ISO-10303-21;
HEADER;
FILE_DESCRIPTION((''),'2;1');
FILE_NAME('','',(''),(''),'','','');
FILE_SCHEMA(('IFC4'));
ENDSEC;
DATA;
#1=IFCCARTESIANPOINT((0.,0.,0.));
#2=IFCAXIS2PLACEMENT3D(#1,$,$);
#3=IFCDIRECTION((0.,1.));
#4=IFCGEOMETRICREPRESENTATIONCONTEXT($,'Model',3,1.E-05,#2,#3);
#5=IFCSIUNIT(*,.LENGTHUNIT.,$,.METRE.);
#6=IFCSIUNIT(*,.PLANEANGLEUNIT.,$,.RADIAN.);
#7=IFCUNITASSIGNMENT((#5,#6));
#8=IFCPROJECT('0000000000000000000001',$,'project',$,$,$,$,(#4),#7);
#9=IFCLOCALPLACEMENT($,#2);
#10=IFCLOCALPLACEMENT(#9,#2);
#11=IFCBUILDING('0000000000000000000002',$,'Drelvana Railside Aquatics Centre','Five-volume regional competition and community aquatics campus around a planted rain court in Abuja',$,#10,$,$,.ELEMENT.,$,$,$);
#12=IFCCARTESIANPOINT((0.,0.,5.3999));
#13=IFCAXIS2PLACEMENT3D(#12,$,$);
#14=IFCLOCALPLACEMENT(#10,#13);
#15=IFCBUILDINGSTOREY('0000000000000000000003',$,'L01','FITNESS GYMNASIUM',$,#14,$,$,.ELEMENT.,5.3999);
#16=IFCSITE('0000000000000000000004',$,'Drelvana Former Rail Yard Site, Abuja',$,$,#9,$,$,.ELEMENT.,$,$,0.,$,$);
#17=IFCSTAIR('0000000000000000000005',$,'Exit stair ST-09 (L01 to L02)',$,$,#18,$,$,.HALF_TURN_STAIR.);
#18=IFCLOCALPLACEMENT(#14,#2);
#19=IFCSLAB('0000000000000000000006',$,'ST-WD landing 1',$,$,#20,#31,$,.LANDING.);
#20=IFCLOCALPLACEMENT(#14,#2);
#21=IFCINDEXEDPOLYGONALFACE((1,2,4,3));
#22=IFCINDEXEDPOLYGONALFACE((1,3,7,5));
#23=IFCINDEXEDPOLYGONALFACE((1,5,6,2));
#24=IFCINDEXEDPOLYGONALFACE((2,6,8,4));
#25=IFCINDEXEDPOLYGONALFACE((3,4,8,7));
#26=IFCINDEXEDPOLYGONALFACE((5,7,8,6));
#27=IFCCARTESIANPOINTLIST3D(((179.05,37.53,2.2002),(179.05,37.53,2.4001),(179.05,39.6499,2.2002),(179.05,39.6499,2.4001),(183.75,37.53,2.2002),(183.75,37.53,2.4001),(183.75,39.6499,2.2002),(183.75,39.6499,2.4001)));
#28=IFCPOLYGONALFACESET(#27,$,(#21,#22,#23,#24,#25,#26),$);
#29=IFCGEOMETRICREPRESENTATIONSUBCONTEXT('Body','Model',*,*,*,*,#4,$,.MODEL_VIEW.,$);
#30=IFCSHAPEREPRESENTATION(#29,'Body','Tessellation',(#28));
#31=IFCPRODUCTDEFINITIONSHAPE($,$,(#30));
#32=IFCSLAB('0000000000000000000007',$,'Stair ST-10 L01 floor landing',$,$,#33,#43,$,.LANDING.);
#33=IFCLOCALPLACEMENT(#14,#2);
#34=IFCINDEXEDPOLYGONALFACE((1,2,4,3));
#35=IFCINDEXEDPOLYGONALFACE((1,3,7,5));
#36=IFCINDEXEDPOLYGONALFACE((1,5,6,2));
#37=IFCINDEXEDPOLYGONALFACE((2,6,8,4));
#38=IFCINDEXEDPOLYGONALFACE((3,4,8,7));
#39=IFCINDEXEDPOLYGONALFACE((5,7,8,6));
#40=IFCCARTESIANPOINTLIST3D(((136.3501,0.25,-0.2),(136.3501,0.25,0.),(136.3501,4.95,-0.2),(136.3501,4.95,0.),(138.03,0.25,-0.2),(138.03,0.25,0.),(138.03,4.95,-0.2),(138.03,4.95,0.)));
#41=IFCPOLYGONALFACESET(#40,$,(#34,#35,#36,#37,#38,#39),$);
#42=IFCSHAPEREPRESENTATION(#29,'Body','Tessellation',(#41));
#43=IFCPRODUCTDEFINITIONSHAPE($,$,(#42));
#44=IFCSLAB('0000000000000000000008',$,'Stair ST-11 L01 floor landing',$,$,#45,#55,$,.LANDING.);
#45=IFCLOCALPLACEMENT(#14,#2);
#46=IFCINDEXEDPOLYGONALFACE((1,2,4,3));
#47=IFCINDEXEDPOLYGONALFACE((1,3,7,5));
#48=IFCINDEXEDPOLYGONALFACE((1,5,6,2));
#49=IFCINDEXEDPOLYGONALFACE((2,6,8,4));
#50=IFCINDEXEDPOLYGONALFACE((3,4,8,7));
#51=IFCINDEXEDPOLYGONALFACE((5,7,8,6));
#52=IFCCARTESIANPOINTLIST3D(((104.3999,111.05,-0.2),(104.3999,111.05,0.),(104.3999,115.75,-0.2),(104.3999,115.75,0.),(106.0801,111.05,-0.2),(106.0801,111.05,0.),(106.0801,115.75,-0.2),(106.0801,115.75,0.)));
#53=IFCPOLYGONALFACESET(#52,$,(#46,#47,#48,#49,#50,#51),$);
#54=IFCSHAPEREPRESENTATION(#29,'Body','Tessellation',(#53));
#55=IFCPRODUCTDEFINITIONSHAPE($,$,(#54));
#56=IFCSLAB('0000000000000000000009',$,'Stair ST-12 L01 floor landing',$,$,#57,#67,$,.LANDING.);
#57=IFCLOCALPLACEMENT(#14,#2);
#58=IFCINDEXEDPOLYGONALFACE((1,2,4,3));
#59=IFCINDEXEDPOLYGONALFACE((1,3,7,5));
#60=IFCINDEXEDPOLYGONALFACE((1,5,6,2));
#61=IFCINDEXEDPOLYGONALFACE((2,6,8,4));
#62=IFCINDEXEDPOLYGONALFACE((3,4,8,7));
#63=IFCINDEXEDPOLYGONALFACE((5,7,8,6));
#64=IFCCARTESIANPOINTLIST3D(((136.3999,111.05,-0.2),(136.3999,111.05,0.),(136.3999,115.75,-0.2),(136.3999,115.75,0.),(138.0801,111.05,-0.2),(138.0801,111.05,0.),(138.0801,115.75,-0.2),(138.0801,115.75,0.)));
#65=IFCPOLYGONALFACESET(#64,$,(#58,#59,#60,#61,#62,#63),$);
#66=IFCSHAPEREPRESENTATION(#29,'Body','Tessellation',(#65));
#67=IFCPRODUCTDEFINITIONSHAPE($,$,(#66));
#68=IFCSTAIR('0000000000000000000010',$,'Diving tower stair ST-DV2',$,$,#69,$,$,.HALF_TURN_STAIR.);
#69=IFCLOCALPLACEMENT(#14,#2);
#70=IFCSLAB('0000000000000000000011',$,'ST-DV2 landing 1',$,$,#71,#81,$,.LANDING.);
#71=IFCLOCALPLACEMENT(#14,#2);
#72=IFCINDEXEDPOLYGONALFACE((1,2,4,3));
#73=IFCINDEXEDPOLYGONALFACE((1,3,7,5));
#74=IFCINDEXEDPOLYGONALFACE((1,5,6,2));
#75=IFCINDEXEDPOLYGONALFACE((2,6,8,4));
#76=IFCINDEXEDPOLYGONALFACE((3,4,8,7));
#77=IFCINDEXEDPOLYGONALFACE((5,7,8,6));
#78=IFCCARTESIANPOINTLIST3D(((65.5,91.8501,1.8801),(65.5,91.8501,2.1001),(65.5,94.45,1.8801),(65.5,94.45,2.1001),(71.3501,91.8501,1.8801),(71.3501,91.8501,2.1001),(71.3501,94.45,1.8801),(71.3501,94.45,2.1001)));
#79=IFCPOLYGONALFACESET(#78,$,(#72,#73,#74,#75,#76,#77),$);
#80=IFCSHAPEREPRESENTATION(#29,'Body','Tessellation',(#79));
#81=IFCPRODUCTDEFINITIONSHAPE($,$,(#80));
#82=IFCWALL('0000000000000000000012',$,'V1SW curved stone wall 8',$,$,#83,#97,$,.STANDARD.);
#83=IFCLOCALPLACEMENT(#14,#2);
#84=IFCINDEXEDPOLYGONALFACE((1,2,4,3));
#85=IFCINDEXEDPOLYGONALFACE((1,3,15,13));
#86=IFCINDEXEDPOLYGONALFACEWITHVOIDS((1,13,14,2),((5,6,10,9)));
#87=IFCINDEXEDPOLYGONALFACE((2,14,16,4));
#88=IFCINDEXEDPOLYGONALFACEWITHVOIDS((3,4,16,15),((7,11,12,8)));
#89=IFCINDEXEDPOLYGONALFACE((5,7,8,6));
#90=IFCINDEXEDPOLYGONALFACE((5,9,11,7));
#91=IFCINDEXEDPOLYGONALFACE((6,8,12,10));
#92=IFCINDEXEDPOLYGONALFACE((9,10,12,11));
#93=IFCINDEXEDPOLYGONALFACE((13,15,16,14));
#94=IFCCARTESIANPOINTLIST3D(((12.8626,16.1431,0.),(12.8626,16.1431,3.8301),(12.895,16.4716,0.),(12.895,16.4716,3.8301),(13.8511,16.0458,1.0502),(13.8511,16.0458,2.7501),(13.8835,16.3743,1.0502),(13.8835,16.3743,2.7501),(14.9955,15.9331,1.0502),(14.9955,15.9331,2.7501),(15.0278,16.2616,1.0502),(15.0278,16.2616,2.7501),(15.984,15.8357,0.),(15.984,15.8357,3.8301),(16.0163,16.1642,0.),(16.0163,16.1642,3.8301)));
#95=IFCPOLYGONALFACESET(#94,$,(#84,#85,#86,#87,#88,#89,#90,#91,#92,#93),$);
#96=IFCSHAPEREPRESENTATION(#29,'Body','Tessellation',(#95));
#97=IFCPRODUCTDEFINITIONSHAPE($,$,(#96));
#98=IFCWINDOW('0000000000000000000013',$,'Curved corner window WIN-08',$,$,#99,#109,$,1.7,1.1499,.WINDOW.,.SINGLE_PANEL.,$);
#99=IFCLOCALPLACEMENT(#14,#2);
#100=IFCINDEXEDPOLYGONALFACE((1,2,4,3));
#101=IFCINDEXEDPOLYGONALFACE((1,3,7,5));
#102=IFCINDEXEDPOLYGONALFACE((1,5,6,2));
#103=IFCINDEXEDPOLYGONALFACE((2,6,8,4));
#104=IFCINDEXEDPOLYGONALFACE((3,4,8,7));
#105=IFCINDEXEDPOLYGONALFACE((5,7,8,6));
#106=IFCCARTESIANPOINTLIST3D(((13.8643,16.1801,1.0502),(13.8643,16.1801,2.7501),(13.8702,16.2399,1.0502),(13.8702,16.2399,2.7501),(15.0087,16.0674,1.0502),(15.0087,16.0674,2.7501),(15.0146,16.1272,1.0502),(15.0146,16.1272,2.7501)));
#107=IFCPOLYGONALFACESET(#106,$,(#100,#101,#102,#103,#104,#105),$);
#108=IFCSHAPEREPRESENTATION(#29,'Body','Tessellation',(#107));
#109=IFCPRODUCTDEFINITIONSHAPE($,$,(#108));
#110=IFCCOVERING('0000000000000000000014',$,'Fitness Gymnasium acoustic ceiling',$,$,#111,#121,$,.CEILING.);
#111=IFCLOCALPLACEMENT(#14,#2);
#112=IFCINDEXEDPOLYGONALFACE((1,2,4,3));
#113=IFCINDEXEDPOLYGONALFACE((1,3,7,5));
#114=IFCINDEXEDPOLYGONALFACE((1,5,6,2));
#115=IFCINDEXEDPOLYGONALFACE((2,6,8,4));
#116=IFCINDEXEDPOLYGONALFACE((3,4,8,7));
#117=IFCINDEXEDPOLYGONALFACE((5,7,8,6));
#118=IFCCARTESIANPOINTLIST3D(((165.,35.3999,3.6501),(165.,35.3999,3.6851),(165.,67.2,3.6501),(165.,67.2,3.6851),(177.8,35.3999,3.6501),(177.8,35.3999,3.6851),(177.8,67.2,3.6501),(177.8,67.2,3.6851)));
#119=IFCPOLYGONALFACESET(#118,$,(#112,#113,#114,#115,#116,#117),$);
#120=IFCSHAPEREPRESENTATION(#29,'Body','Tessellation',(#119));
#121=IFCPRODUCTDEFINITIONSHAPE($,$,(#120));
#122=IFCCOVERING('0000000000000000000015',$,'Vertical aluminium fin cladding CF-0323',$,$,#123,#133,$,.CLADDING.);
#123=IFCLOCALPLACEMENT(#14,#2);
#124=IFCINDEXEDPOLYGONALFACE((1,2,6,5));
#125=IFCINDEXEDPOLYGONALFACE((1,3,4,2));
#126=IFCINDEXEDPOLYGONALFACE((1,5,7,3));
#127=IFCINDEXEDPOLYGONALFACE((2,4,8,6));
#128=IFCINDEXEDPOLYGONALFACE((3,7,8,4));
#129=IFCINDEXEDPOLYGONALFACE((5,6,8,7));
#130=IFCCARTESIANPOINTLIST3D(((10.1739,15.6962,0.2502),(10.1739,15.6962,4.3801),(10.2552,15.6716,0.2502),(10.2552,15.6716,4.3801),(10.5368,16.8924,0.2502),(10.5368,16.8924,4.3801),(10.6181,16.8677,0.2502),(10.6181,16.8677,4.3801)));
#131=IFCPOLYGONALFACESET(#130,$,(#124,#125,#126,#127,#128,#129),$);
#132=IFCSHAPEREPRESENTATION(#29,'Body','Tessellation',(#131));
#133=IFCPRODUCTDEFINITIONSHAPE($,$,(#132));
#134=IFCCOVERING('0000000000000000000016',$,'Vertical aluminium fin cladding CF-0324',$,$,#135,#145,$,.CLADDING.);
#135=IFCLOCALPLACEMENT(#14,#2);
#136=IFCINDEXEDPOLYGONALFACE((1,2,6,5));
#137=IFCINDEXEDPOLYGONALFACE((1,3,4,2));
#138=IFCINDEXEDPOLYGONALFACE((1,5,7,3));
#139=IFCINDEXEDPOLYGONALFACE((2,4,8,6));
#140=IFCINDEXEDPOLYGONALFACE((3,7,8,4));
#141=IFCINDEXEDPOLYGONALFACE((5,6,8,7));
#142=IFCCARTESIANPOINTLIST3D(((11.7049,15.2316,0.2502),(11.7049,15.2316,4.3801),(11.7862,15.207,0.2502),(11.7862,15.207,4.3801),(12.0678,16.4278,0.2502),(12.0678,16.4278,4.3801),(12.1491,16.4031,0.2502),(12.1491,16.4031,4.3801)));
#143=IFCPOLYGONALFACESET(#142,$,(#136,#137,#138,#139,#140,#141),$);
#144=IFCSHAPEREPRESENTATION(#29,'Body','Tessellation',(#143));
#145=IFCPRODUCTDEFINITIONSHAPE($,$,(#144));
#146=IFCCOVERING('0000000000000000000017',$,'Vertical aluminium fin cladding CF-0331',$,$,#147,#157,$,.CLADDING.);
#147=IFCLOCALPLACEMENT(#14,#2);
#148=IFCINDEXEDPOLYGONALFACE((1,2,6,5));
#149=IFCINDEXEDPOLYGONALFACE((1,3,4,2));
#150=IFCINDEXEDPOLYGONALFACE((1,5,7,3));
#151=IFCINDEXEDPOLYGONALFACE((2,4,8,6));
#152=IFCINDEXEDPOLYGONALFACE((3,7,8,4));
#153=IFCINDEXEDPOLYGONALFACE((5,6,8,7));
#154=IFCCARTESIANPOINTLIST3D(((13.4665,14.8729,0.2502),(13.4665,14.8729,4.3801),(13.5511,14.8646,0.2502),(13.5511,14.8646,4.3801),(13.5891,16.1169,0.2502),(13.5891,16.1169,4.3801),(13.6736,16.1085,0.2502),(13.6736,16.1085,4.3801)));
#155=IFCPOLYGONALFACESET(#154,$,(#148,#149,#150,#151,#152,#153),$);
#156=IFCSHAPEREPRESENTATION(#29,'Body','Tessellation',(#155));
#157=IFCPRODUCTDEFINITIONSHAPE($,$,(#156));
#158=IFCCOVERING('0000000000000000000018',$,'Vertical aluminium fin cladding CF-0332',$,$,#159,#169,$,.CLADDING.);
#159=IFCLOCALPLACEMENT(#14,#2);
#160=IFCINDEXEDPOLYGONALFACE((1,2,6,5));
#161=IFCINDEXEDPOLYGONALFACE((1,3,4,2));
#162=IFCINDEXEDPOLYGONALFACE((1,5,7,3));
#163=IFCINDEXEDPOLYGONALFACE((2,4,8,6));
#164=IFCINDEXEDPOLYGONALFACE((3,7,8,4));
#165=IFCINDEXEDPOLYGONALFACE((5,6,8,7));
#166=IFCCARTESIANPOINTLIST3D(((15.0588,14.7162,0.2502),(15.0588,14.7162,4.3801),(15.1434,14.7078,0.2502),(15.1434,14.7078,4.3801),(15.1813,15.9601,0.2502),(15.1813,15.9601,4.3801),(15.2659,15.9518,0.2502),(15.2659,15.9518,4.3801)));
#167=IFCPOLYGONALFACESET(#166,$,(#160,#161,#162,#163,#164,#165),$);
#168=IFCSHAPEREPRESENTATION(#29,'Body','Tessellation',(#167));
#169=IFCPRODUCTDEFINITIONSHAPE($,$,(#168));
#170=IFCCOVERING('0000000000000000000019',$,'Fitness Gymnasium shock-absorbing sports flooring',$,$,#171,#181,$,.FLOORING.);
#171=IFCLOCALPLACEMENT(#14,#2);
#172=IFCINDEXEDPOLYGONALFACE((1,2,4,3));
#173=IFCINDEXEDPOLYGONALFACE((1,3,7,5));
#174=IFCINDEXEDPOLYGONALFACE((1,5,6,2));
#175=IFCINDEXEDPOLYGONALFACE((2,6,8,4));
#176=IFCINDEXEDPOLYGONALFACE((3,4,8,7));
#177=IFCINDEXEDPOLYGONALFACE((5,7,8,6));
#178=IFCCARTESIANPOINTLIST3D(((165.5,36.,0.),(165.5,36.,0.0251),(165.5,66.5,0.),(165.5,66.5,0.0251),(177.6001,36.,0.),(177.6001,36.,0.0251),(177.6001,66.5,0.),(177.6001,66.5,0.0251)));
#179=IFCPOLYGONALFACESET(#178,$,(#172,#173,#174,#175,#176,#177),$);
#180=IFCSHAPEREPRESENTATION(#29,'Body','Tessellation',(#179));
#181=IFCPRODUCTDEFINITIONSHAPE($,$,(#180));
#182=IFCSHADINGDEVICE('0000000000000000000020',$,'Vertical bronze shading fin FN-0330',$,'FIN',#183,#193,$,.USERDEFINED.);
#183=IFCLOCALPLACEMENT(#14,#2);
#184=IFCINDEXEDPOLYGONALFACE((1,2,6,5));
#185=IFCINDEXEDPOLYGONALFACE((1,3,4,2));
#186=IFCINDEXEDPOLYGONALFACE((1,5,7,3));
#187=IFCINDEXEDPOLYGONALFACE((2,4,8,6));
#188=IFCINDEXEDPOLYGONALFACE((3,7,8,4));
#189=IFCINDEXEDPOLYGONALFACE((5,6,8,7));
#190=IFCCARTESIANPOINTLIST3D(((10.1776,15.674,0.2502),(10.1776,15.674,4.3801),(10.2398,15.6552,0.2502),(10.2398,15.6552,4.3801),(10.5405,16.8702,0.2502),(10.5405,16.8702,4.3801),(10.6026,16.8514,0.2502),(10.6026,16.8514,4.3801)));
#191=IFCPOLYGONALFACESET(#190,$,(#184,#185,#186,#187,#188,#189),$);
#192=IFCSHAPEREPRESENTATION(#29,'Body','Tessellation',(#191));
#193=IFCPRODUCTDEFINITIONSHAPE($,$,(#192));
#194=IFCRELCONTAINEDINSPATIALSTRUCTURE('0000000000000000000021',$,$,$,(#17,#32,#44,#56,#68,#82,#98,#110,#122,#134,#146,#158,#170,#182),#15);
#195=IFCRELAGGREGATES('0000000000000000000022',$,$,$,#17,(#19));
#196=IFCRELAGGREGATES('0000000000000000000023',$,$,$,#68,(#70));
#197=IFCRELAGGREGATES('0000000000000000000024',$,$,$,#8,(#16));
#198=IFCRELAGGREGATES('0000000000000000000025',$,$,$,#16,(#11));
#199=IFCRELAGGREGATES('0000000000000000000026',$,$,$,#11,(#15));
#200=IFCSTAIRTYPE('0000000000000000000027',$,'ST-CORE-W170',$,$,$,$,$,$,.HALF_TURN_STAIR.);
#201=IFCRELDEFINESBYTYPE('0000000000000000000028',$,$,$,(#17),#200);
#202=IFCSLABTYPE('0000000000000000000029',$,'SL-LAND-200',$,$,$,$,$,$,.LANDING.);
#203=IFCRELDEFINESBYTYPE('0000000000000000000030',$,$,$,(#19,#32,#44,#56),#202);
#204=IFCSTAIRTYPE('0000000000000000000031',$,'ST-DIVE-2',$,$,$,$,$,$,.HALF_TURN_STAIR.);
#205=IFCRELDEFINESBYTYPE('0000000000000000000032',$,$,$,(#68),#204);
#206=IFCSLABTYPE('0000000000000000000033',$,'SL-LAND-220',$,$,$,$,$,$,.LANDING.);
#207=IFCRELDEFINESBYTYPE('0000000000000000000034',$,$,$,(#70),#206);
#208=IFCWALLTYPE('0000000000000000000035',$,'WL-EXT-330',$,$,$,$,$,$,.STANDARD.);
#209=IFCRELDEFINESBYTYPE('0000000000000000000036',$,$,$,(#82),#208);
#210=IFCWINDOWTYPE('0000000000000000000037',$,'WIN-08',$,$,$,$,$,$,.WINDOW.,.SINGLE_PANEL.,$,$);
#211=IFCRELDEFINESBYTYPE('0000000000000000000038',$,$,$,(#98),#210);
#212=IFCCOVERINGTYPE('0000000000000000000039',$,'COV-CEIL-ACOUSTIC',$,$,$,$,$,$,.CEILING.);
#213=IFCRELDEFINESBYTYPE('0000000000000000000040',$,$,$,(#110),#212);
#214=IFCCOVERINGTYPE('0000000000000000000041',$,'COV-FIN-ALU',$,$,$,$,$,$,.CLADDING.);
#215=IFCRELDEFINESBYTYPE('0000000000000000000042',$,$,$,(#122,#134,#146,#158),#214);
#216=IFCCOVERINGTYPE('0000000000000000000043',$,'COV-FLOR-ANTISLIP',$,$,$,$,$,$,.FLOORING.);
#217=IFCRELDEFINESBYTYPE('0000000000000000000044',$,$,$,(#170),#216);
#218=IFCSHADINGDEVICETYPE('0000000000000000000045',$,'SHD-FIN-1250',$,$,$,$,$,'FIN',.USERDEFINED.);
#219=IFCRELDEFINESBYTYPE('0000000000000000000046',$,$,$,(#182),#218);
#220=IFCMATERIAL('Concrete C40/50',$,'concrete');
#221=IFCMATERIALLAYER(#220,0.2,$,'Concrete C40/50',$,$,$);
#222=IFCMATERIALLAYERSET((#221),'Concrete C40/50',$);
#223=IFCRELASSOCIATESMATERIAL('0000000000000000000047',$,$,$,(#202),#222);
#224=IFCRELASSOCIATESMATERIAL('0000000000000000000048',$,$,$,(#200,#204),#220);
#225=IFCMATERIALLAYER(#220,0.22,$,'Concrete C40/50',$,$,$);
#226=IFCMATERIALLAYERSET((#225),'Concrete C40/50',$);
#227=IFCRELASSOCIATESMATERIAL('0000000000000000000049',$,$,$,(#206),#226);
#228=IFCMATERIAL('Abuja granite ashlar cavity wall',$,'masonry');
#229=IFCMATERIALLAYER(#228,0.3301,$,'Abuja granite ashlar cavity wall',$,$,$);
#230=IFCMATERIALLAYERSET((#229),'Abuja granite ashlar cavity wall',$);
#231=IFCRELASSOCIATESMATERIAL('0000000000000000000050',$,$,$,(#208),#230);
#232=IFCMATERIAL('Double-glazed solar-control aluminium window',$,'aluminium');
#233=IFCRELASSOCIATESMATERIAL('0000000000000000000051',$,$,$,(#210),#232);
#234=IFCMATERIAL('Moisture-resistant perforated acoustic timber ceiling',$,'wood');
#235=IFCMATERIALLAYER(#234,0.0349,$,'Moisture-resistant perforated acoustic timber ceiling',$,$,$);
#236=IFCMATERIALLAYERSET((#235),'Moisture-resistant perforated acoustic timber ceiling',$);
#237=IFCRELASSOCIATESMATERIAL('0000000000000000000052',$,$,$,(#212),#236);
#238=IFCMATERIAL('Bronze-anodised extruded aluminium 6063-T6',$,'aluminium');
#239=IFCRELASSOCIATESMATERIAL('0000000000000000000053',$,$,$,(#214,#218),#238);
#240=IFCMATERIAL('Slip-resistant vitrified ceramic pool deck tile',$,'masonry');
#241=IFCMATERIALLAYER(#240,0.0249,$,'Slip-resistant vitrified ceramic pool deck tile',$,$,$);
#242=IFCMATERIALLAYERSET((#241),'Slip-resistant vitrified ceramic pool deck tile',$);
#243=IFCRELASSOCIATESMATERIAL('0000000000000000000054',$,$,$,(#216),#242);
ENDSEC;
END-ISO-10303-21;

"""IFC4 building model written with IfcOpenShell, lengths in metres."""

from ifc_helpers import new_model, si_unit, direction, frame, frame_2d, origin, origin_2d, place, context, subcontext, project, spatial, polyline, rectangle, outline, extrude, material, layer, layer_set, type_object, element, fill, aggregate, save


model = new_model("IFC4")

# Units and contexts
model_context = context("Model", 3, precision=1e-05, world=origin(), true_north=direction((0.0, 1.0)))
body_context = subcontext(model_context, "Body", "Model", "MODEL_VIEW")
ifc_project = project(units=[si_unit("LENGTHUNIT", "METRE"), si_unit("PLANEANGLEUNIT", "RADIAN")], contexts=[model_context])

# Site, building, storey
site_placement = place(None, origin())
site = spatial("IfcSite", under=ifc_project, at=site_placement, Name="Drelvana Former Rail Yard Site, Abuja", CompositionType="ELEMENT", RefElevation=0.0)
building_placement = place(site_placement, origin())
building = spatial("IfcBuilding", under=site, at=building_placement, Name="Drelvana Railside Aquatics Centre", Description="Five-volume regional competition and community aquatics campus around a planted rain court in Abuja", CompositionType="ELEMENT")
storey_placement = place(building_placement, frame((0.0, 0.0, 5.3999)))
storey = spatial("IfcBuildingStorey", under=building, at=storey_placement, Name="L01", Description="FITNESS GYMNASIUM", CompositionType="ELEMENT", Elevation=5.3999)

# Shared definitions
ifc_material_1 = material(Name="Concrete C40/50", Category="concrete")

# Shared definitions
ifc_layer_1 = layer(ifc_material_1, 0.2, Name="Concrete C40/50")
ifc_layer_set_1 = layer_set([ifc_layer_1], Name="Concrete C40/50")
slab_type_1 = type_object("IfcSlabType", Name="SL-LAND-200", PredefinedType="LANDING", material=ifc_layer_set_1)

# Shared definitions
stair_type_1 = type_object("IfcStairType", Name="ST-CORE-W170", PredefinedType="HALF_TURN_STAIR", material=ifc_material_1)

# Stair, slab
stair_1_placement = place(storey_placement, origin())
stair_1 = element("IfcStair", 1, at=stair_1_placement, inside=storey, type_object=stair_type_1, Name="Exit stair ST-09 (L01 to L02)", PredefinedType="HALF_TURN_STAIR")
slab_1_placement = place(storey_placement, frame((0.0, 0.0, 2.2002)))
slab_1 = element("IfcSlab", 2, at=slab_1_placement, type_object=slab_type_1, Name="ST-WD landing 1", PredefinedType="LANDING", context=body_context, shape_type="SweptSolid", body=[
    extrude(outline(polyline([(179.05, 37.53), (183.75, 37.53), (183.75, 39.6499), (179.05, 39.6499), (179.05, 37.53)])), origin(), (0.0, 0.0, 1.0), 0.2),
])
aggregate(stair_1, [slab_1])

# Slabs
slab_2_placement = place(storey_placement, frame((0.0, 0.0, -0.2)))
element("IfcSlab", 3, at=slab_2_placement, inside=storey, type_object=slab_type_1, Name="Stair ST-10 L01 floor landing", PredefinedType="LANDING", context=body_context, shape_type="SweptSolid", body=[
    extrude(outline(polyline([(136.3501, 0.25), (138.03, 0.25), (138.03, 4.95), (136.3501, 4.95), (136.3501, 0.25)])), origin(), (0.0, 0.0, 1.0), 0.2),
])
slab_3_placement = place(storey_placement, frame((0.0, 0.0, -0.2)))
element("IfcSlab", 4, at=slab_3_placement, inside=storey, type_object=slab_type_1, Name="Stair ST-11 L01 floor landing", PredefinedType="LANDING", context=body_context, shape_type="SweptSolid", body=[
    extrude(outline(polyline([(104.3999, 111.05), (106.0801, 111.05), (106.0801, 115.75), (104.3999, 115.75), (104.3999, 111.05)])), origin(), (0.0, 0.0, 1.0), 0.2),
])
slab_4_placement = place(storey_placement, frame((0.0, 0.0, -0.2)))
element("IfcSlab", 5, at=slab_4_placement, inside=storey, type_object=slab_type_1, Name="Stair ST-12 L01 floor landing", PredefinedType="LANDING", context=body_context, shape_type="SweptSolid", body=[
    extrude(outline(polyline([(136.3999, 111.05), (138.0801, 111.05), (138.0801, 115.75), (136.3999, 115.75), (136.3999, 111.05)])), origin(), (0.0, 0.0, 1.0), 0.2),
])

# Stair, slab
stair_type_2 = type_object("IfcStairType", Name="ST-DIVE-2", PredefinedType="HALF_TURN_STAIR", material=ifc_material_1)
stair_2_placement = place(storey_placement, origin())
stair_2 = element("IfcStair", 6, at=stair_2_placement, inside=storey, type_object=stair_type_2, Name="Diving tower stair ST-DV2", PredefinedType="HALF_TURN_STAIR")
ifc_layer_2 = layer(ifc_material_1, 0.22, Name="Concrete C40/50")
ifc_layer_set_2 = layer_set([ifc_layer_2], Name="Concrete C40/50")
slab_type_2 = type_object("IfcSlabType", Name="SL-LAND-220", PredefinedType="LANDING", material=ifc_layer_set_2)
slab_5_placement = place(storey_placement, frame((0.0, 0.0, 1.8801)))
slab_5 = element("IfcSlab", 7, at=slab_5_placement, type_object=slab_type_2, Name="ST-DV2 landing 1", PredefinedType="LANDING", context=body_context, shape_type="SweptSolid", body=[
    extrude(outline(polyline([(65.5, 91.8501), (71.3501, 91.8501), (71.3501, 94.45), (65.5, 94.45), (65.5, 91.8501)])), origin(), (0.0, 0.0, 1.0), 0.22),
])
aggregate(stair_2, [slab_5])

# Wall, opening, window
ifc_material_2 = material(Name="Abuja granite ashlar cavity wall", Category="masonry")
ifc_layer_3 = layer(ifc_material_2, 0.3301, Name="Abuja granite ashlar cavity wall")
ifc_layer_set_3 = layer_set([ifc_layer_3], Name="Abuja granite ashlar cavity wall")
wall_type = type_object("IfcWallType", Name="WL-EXT-330", PredefinedType="STANDARD", material=ifc_layer_set_3)
wall_placement = place(storey_placement, frame((12.8787, 16.3074, 0.0), z_axis=(0.0, 0.0, 1.0), x_axis=(0.995186, -0.098001, 0.0)))
wall = element("IfcWall", 8, at=wall_placement, inside=storey, type_object=wall_type, Name="V1SW curved stone wall 8", PredefinedType="STANDARD", context=body_context, shape_type="SweptSolid", body=[
    extrude(rectangle(XDim=3.1365, YDim=0.3301, at=frame_2d((1.5684, 0.0))), origin(), (0.0, 0.0, 1.0), 3.8301),
])
opening_placement = place(wall_placement, frame((0.9934, 0.0, 1.05)))
opening = element("IfcOpeningElement", 9, at=opening_placement, cuts=wall, PredefinedType="OPENING", context=body_context, shape_type="SweptSolid", body=[
    extrude(rectangle(XDim=1.1499, YDim=1.7, at=frame_2d((0.575, 0.8501))), frame((0.0, 0.175, 0.0), z_axis=(0.0, -1.0, 0.0), x_axis=(1.0, 0.0, 0.0)), (0.0, 0.0, 1.0), 0.3501),
])
ifc_material_3 = material(Name="Double-glazed solar-control aluminium window", Category="aluminium")
window_type = type_object("IfcWindowType", Name="WIN-08", PartitioningType="SINGLE_PANEL", PredefinedType="WINDOW", material=ifc_material_3)
window_placement = place(opening_placement, origin())
window = element("IfcWindow", 10, at=window_placement, inside=storey, type_object=window_type, Name="Curved corner window WIN-08", OverallHeight=1.7, OverallWidth=1.1499, PartitioningType="SINGLE_PANEL", PredefinedType="WINDOW", context=body_context, shape_type="SweptSolid", body=[
    extrude(rectangle(XDim=1.1499, YDim=1.7, at=frame_2d((0.575, 0.8501))), frame((0.0, 0.03, 0.0), z_axis=(0.0, -1.0, 0.0), x_axis=(1.0, 0.0, 0.0)), (0.0, 0.0, 1.0), 0.0601),
])
fill(opening, window)

# Coverings
ifc_material_4 = material(Name="Moisture-resistant perforated acoustic timber ceiling", Category="wood")
ifc_layer_4 = layer(ifc_material_4, 0.0349, Name="Moisture-resistant perforated acoustic timber ceiling")
ifc_layer_set_4 = layer_set([ifc_layer_4], Name="Moisture-resistant perforated acoustic timber ceiling")
covering_type_1 = type_object("IfcCoveringType", Name="COV-CEIL-ACOUSTIC", PredefinedType="CEILING", material=ifc_layer_set_4)
covering_1_placement = place(storey_placement, frame((0.0, 0.0, 3.6501)))
element("IfcCovering", 11, at=covering_1_placement, inside=storey, type_object=covering_type_1, Name="Fitness Gymnasium acoustic ceiling", PredefinedType="CEILING", context=body_context, shape_type="SweptSolid", body=[
    extrude(outline(polyline([(165.0, 35.3999), (177.8, 35.3999), (177.8, 67.2), (165.0, 67.2), (165.0, 35.3999)])), origin(), (0.0, 0.0, 1.0), 0.0349),
])
ifc_material_5 = material(Name="Bronze-anodised extruded aluminium 6063-T6", Category="aluminium")
covering_type_2 = type_object("IfcCoveringType", Name="COV-FIN-ALU", PredefinedType="CLADDING", material=ifc_material_5)
for number, where, z_axis, x_axis, name in (
    (12, (10.396, 16.282, 0.2502), (0.0, 0.0, 1.0), (-0.95694, 0.290285, 0.0), "Vertical aluminium fin cladding CF-0323"),
    (13, (11.927, 15.8174, 0.2502), (0.0, 0.0, 1.0), (-0.95694, 0.290285, 0.0), "Vertical aluminium fin cladding CF-0324"),
    (14, (13.5701, 15.4907, 0.2502), (0.0, 0.0, 1.0), (-0.995185, 0.098017, 0.0), "Vertical aluminium fin cladding CF-0331"),
    (15, (15.1624, 15.334, 0.2502), (0.0, 0.0, 1.0), (-0.995185, 0.098017, 0.0), "Vertical aluminium fin cladding CF-0332"),
):
    element("IfcCovering", number, at=place(storey_placement, frame(where, z_axis=z_axis, x_axis=x_axis)), inside=storey, type_object=covering_type_2, Name=name, PredefinedType="CLADDING", context=body_context, shape_type="SweptSolid", body=[
        extrude(rectangle(XDim=0.085, YDim=1.25, at=origin_2d()), origin(), (0.0, 0.0, 1.0), 4.1299),
    ])
ifc_material_6 = material(Name="Slip-resistant vitrified ceramic pool deck tile", Category="masonry")
ifc_layer_5 = layer(ifc_material_6, 0.0249, Name="Slip-resistant vitrified ceramic pool deck tile")
ifc_layer_set_5 = layer_set([ifc_layer_5], Name="Slip-resistant vitrified ceramic pool deck tile")
covering_type_3 = type_object("IfcCoveringType", Name="COV-FLOR-ANTISLIP", PredefinedType="FLOORING", material=ifc_layer_set_5)
covering_2_placement = place(storey_placement, origin())
element("IfcCovering", 16, at=covering_2_placement, inside=storey, type_object=covering_type_3, Name="Fitness Gymnasium shock-absorbing sports flooring", PredefinedType="FLOORING", context=body_context, shape_type="SweptSolid", body=[
    extrude(outline(polyline([(165.5, 36.0), (177.6001, 36.0), (177.6001, 66.5), (165.5, 66.5), (165.5, 36.0)])), origin(), (0.0, 0.0, 1.0), 0.0251),
])

# Shading device
shading_device_type = type_object("IfcShadingDeviceType", Name="SHD-FIN-1250", ElementType="FIN", PredefinedType="USERDEFINED", material=ifc_material_5)
for number, where, z_axis, x_axis, name in (
    (17, (10.3901, 16.2627, 0.2502), (0.0, 0.0, 1.0), (-0.290285, -0.95694, 0.0), "Vertical bronze shading fin FN-0330"),
):
    element("IfcShadingDevice", number, at=place(storey_placement, frame(where, z_axis=z_axis, x_axis=x_axis)), inside=storey, type_object=shading_device_type, Name=name, ObjectType="FIN", PredefinedType="USERDEFINED", context=body_context, shape_type="SweptSolid", body=[
        extrude(rectangle(XDim=1.25, YDim=0.0649, at=origin_2d()), origin(), (0.0, 0.0, 1.0), 4.1299),
    ])

save(model, "model.ifc")
